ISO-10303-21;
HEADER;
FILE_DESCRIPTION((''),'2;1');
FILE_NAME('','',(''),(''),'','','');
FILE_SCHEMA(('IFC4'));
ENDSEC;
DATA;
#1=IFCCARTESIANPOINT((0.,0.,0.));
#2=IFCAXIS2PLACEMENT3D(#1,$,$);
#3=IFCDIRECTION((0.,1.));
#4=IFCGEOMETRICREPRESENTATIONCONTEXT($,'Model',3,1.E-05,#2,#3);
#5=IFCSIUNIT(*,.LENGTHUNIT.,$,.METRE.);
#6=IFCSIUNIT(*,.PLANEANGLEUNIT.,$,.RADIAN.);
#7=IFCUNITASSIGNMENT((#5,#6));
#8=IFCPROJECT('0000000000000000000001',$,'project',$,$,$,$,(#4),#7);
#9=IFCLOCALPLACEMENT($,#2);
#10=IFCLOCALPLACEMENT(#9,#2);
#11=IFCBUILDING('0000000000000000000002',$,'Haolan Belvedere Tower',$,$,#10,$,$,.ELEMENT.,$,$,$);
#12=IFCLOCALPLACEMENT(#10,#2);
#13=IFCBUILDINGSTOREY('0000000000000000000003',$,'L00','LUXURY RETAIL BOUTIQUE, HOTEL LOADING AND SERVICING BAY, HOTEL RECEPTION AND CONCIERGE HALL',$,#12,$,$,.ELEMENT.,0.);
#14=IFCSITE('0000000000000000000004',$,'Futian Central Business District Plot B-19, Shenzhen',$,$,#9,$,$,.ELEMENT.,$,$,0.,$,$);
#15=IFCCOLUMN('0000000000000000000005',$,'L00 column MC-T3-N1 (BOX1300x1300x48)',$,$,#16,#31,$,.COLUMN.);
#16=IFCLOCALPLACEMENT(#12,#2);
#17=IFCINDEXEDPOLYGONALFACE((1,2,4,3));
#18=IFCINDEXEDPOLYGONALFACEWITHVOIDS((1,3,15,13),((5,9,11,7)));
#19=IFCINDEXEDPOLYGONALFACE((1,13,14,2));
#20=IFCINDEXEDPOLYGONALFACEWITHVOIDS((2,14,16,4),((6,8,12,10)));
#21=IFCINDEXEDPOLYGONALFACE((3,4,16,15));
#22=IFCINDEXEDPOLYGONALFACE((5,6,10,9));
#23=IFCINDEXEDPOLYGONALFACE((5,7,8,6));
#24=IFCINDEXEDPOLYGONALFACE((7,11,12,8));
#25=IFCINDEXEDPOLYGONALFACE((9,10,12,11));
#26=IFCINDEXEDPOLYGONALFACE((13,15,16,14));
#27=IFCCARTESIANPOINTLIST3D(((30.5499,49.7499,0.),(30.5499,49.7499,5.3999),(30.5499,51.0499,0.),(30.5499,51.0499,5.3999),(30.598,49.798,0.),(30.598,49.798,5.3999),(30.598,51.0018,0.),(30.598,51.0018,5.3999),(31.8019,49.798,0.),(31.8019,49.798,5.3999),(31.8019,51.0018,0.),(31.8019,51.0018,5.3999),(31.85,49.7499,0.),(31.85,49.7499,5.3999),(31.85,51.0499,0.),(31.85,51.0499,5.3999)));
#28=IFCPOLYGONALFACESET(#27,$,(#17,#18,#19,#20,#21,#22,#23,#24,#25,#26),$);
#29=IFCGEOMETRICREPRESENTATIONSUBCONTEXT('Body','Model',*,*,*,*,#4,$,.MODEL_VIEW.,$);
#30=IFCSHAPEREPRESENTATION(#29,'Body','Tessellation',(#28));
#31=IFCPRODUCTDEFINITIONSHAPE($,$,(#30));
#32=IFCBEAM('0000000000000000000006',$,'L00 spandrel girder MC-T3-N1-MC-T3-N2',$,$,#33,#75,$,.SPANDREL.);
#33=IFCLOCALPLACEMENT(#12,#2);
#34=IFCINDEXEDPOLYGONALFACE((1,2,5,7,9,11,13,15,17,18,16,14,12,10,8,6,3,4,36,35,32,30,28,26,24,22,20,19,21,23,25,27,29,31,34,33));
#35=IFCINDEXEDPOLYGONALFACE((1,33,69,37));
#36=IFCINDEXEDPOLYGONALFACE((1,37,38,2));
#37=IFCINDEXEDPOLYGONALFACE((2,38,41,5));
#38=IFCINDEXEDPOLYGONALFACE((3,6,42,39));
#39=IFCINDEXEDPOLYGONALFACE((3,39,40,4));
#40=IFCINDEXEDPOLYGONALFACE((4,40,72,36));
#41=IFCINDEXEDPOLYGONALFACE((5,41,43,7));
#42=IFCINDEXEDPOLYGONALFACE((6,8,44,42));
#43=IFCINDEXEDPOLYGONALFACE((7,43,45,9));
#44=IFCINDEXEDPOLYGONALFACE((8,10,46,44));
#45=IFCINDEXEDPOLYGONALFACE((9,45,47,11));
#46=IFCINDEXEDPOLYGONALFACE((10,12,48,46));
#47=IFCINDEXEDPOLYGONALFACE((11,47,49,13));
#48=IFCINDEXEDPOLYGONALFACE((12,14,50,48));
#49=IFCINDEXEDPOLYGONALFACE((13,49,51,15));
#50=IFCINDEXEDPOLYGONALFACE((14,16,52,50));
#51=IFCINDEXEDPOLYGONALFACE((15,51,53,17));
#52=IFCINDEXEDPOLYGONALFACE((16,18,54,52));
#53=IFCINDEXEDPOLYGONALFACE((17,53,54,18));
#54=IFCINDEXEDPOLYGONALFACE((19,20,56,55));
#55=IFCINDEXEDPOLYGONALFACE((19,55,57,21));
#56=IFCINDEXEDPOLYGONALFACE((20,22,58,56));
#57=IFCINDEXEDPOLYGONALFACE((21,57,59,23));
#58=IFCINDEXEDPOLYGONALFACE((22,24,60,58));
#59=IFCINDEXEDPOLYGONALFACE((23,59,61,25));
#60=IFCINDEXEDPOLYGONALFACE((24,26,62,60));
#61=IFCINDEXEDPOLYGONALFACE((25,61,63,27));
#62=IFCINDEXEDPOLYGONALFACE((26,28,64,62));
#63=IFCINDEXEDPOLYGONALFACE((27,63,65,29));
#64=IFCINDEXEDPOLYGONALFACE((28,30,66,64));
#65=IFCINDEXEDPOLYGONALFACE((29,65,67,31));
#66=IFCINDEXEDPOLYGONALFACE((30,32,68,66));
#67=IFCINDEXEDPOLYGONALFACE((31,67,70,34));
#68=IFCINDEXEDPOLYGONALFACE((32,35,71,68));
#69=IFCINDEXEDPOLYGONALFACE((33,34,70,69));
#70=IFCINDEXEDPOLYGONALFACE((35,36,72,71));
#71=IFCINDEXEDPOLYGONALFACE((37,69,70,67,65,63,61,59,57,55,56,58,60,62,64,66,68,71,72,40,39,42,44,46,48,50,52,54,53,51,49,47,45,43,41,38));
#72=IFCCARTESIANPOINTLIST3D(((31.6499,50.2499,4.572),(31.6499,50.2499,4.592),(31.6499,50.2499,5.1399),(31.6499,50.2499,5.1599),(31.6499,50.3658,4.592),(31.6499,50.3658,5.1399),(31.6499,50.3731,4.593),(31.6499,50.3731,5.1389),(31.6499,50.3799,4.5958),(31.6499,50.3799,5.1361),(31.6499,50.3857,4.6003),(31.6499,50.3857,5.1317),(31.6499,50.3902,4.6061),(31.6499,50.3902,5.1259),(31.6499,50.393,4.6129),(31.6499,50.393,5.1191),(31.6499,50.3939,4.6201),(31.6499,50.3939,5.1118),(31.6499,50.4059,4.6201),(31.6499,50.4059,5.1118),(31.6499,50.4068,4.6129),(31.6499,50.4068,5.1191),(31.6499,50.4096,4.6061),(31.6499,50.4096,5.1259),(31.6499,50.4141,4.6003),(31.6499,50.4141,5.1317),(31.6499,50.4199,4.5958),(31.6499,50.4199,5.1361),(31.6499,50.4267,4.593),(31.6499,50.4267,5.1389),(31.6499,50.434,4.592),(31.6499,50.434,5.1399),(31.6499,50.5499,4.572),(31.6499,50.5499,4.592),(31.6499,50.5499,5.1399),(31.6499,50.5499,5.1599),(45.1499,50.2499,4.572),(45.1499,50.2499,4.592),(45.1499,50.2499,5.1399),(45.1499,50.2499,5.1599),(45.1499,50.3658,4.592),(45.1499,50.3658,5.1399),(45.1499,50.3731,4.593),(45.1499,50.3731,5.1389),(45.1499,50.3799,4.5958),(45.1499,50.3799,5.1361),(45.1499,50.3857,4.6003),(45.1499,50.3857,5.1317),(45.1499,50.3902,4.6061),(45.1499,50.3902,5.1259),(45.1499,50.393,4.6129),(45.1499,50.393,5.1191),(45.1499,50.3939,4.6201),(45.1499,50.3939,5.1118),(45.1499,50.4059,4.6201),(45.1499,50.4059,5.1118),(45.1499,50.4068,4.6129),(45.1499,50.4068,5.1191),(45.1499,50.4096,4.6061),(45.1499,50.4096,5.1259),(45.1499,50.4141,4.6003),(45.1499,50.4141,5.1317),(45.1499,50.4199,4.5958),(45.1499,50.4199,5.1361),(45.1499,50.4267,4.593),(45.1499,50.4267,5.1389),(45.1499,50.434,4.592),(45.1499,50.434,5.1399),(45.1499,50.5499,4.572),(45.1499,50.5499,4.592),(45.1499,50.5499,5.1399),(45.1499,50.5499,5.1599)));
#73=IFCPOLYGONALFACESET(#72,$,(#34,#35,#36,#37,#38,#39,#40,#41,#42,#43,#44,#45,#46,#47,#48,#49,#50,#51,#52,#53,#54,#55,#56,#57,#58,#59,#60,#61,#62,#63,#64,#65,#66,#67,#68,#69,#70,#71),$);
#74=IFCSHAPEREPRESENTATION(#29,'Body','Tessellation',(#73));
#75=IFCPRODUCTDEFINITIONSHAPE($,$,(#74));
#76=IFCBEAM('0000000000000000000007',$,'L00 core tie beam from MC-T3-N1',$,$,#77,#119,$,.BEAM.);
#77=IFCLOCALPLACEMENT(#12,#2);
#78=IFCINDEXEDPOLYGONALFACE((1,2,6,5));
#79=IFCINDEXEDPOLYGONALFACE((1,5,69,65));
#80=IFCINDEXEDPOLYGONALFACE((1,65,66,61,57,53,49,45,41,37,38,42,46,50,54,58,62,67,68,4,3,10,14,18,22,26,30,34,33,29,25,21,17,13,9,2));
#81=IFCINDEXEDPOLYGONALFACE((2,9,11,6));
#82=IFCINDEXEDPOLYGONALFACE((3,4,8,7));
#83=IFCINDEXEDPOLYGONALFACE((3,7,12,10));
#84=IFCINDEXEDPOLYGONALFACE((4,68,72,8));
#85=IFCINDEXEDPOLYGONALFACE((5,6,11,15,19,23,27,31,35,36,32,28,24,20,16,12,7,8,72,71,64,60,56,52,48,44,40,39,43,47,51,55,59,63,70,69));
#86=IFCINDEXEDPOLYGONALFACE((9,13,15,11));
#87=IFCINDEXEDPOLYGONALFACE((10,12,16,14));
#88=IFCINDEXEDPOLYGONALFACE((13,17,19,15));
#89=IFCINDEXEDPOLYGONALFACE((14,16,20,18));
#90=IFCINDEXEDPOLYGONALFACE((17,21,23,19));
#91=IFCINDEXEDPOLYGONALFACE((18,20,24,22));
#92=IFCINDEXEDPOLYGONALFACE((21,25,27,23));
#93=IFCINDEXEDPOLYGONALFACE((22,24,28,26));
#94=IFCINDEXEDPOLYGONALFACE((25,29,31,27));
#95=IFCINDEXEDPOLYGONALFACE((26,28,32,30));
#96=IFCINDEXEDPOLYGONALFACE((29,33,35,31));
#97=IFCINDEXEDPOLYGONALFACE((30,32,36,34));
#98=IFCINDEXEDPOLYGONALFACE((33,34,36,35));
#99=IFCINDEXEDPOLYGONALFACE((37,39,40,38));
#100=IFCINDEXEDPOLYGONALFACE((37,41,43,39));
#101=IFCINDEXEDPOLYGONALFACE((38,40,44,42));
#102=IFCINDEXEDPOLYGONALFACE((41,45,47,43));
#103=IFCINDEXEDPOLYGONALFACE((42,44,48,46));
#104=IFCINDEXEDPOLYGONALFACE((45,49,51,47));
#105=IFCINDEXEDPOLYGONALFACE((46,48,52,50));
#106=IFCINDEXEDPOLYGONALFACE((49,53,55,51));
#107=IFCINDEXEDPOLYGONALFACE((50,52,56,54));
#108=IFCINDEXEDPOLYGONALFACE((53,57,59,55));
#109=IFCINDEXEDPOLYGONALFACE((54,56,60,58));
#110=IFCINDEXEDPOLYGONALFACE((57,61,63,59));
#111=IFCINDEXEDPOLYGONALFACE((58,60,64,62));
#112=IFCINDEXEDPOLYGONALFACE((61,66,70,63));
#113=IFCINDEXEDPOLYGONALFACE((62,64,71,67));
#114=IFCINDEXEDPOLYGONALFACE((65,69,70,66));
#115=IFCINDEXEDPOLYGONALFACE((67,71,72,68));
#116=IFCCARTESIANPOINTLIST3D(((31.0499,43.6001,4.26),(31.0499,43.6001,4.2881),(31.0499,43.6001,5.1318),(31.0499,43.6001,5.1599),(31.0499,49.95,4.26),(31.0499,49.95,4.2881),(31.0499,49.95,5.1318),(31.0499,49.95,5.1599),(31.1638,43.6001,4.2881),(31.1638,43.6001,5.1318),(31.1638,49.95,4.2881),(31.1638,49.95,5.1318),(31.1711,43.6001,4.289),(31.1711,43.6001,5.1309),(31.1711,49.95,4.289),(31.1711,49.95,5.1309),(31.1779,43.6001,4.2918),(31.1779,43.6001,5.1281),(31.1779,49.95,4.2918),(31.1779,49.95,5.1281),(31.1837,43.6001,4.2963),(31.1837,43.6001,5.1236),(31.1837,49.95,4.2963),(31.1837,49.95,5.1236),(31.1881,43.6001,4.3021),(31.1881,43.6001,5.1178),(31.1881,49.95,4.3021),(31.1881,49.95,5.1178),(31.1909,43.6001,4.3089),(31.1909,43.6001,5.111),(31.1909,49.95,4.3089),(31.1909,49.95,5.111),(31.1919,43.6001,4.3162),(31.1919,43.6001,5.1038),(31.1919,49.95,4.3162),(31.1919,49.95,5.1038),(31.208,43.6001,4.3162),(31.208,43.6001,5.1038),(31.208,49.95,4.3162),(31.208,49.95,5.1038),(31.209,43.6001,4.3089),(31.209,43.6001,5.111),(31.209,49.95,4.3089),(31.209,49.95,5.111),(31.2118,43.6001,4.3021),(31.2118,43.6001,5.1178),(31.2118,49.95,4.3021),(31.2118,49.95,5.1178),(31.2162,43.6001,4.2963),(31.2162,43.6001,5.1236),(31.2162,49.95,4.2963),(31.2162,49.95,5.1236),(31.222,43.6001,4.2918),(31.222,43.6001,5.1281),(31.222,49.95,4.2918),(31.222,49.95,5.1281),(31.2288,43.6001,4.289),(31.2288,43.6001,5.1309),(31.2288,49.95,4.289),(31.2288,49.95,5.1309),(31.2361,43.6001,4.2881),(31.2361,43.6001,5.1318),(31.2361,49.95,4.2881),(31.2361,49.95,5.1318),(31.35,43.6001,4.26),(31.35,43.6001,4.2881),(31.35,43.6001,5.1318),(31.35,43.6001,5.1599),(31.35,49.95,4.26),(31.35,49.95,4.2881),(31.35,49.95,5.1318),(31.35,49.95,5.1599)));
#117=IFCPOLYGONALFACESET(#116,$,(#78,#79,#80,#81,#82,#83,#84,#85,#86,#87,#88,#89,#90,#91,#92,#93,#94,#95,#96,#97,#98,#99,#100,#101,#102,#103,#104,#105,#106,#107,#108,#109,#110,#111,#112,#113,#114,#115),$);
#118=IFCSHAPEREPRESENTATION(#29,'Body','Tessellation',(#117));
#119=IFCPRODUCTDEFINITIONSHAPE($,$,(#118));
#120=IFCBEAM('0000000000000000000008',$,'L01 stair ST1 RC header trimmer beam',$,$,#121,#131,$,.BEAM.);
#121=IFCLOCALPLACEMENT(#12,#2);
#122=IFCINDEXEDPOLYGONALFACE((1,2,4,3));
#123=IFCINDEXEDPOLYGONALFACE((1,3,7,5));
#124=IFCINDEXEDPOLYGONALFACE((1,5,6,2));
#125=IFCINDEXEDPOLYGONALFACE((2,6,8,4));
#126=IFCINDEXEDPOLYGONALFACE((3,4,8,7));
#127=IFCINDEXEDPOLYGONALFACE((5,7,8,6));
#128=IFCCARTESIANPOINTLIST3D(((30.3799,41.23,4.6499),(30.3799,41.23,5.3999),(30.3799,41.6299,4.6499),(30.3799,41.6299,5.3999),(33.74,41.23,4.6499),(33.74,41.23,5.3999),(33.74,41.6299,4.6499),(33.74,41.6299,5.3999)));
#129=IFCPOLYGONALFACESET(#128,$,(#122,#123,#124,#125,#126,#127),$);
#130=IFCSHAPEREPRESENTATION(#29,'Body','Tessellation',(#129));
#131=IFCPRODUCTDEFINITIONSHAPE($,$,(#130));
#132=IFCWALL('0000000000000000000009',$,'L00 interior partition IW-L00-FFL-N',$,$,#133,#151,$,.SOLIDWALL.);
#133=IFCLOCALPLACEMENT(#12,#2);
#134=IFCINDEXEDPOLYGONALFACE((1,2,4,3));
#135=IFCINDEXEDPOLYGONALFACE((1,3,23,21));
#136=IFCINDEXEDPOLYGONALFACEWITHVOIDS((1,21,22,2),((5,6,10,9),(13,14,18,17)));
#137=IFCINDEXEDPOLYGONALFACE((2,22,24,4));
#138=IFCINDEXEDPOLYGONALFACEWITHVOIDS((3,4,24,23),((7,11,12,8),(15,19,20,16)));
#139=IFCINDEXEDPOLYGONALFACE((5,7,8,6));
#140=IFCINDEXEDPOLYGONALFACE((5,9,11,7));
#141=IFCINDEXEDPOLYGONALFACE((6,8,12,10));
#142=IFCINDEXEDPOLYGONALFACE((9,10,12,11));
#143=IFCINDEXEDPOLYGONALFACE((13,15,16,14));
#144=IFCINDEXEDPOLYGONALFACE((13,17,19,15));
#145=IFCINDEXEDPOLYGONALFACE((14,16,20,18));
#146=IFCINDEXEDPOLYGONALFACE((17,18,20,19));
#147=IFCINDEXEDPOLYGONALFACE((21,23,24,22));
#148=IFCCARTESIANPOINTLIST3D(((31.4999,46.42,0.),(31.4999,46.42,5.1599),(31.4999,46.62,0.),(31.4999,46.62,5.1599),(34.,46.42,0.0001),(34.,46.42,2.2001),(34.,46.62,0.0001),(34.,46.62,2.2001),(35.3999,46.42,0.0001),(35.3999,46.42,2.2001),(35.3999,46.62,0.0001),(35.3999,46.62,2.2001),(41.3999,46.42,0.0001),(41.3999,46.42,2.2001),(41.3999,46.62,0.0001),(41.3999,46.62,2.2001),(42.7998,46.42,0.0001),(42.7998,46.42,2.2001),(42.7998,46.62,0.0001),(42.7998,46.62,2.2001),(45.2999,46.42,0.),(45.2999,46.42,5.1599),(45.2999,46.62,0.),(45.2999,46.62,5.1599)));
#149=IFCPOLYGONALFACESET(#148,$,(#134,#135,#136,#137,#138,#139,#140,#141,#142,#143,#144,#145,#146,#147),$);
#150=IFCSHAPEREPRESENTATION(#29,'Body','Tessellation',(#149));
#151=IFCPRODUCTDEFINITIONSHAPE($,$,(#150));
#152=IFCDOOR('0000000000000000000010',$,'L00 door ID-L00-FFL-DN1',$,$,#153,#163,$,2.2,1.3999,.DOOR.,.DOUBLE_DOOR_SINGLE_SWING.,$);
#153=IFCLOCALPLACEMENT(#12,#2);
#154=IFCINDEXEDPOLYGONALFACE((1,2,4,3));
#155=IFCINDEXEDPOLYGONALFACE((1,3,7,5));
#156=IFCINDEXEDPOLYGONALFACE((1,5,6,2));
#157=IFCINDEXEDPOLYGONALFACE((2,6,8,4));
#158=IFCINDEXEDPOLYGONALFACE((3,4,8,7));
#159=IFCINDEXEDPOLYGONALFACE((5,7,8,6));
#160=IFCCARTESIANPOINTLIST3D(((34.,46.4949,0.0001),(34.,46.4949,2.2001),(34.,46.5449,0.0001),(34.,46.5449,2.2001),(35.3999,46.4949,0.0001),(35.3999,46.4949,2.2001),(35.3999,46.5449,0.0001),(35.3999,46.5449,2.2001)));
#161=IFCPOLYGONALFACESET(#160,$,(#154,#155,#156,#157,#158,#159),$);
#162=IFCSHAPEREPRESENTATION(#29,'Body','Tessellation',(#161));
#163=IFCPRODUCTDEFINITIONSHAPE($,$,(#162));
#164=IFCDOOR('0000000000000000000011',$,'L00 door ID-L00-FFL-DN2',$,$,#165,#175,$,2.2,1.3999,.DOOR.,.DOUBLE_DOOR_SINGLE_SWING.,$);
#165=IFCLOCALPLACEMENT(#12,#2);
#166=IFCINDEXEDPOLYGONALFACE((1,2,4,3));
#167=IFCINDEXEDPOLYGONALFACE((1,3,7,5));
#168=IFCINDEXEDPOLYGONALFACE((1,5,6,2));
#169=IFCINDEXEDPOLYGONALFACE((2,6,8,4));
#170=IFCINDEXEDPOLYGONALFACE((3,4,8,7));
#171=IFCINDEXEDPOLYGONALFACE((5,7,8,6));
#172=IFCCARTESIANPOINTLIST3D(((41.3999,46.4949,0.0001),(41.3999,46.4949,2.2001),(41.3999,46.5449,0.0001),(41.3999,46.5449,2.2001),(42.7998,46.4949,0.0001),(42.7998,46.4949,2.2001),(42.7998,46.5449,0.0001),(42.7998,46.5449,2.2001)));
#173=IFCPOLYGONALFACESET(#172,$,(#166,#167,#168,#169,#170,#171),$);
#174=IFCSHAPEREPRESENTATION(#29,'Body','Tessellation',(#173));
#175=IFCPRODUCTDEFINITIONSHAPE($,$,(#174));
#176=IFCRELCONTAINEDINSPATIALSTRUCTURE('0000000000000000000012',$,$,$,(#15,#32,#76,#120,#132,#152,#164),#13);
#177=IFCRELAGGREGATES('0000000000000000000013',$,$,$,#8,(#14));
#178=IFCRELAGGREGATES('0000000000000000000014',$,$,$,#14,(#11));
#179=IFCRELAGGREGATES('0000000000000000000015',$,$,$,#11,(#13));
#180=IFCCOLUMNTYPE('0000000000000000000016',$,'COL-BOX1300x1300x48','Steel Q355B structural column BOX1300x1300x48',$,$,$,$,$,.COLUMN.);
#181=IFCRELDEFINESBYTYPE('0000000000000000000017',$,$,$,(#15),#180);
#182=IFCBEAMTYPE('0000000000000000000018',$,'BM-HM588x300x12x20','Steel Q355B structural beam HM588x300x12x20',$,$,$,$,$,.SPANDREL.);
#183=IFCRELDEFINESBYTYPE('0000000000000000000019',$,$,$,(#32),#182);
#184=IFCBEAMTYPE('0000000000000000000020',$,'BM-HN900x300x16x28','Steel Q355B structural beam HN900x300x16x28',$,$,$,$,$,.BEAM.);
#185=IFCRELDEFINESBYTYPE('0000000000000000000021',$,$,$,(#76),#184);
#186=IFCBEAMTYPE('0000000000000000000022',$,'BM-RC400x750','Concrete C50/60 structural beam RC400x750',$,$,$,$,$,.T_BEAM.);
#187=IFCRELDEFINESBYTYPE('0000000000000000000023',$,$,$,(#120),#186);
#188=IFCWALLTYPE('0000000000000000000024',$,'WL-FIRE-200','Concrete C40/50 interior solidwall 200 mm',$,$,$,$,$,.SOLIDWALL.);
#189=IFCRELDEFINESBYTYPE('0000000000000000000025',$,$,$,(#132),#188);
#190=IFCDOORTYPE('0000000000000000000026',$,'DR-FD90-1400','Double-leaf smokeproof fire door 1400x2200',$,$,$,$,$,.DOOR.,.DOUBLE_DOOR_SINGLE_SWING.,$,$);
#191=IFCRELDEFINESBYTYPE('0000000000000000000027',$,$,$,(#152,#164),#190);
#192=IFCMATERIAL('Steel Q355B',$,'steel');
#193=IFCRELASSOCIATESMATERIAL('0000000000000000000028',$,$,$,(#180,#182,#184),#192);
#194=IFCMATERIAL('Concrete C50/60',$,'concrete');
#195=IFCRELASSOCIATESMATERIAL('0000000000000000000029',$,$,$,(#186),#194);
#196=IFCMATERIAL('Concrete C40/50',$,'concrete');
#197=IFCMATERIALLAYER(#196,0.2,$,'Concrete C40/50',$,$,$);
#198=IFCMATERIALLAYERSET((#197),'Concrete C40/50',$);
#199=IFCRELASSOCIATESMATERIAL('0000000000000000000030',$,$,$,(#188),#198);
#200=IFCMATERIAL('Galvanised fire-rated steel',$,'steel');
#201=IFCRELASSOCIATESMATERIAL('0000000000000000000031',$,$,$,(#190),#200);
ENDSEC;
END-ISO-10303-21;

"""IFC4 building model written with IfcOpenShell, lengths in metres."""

from ifc_helpers import new_model, si_unit, direction, frame, frame_2d, origin, origin_2d, place, context, subcontext, project, spatial, rectangle, hollow_rectangle, i_section, extrude, material, layer, layer_set, material_profile, profile_set, type_object, element, fill, save


model = new_model("IFC4")

# Units and contexts
model_context = context("Model", 3, precision=1e-05, world=origin(), true_north=direction((0.0, 1.0)))
body_context = subcontext(model_context, "Body", "Model", "MODEL_VIEW")
ifc_project = project(units=[si_unit("LENGTHUNIT", "METRE"), si_unit("PLANEANGLEUNIT", "RADIAN")], contexts=[model_context])

# Site, building, storey
site_placement = place(None, origin())
site = spatial("IfcSite", under=ifc_project, at=site_placement, Name="Futian Central Business District Plot B-19, Shenzhen", CompositionType="ELEMENT", RefElevation=0.0)
building_placement = place(site_placement, origin())
building = spatial("IfcBuilding", under=site, at=building_placement, Name="Haolan Belvedere Tower", CompositionType="ELEMENT")
storey_placement = place(building_placement, origin())
storey = spatial("IfcBuildingStorey", under=building, at=storey_placement, Name="L00", Description="LUXURY RETAIL BOUTIQUE, HOTEL LOADING AND SERVICING BAY, HOTEL RECEPTION AND CONCIERGE HALL", CompositionType="ELEMENT", Elevation=0.0)

# Column
ifc_material_1 = material(Name="Steel Q355B", Category="steel")
ifc_material_profile_1 = material_profile(ifc_material_1, hollow_rectangle(XDim=1.3, YDim=1.3, WallThickness=0.0481, at=origin_2d()), Name="Steel Q355B")
ifc_profile_set_1 = profile_set([ifc_material_profile_1], Name="Steel Q355B")
column_type = type_object("IfcColumnType", Name="COL-BOX1300x1300x48", Description="Steel Q355B structural column BOX1300x1300x48", PredefinedType="COLUMN", material=ifc_profile_set_1)
column_placement = place(storey_placement, frame((31.2, 50.3999, 0.0), z_axis=(0.0, 0.0, 1.0), x_axis=(1.0, 0.0, 0.0)))
element("IfcColumn", 1, at=column_placement, inside=storey, type_object=column_type, Name="L00 column MC-T3-N1 (BOX1300x1300x48)", PredefinedType="COLUMN", context=body_context, shape_type="SweptSolid", body=[
    extrude(hollow_rectangle(XDim=1.3, YDim=1.3, WallThickness=0.0481, at=origin_2d()), origin(), (0.0, 0.0, 1.0), 5.3999),
])

# Beams
ifc_material_profile_2 = material_profile(ifc_material_1, i_section(OverallWidth=0.3, OverallDepth=0.5879, WebThickness=0.012, FlangeThickness=0.02, FilletRadius=0.0281, at=origin_2d()), Name="Steel Q355B")
ifc_profile_set_2 = profile_set([ifc_material_profile_2], Name="Steel Q355B")
beam_type_1 = type_object("IfcBeamType", Name="BM-HM588x300x12x20", Description="Steel Q355B structural beam HM588x300x12x20", PredefinedType="SPANDREL", material=ifc_profile_set_2)
beam_1_placement = place(storey_placement, frame((31.6499, 50.3999, 4.866), z_axis=(1.0, 0.0, 0.0), x_axis=(0.0, 1.0, 0.0)))
element("IfcBeam", 2, at=beam_1_placement, inside=storey, type_object=beam_type_1, Name="L00 spandrel girder MC-T3-N1-MC-T3-N2", PredefinedType="SPANDREL", context=body_context, shape_type="SweptSolid", body=[
    extrude(i_section(OverallWidth=0.3, OverallDepth=0.5879, WebThickness=0.012, FlangeThickness=0.02, FilletRadius=0.0281, at=origin_2d()), origin(), (0.0, 0.0, 1.0), 13.5),
])
ifc_material_profile_3 = material_profile(ifc_material_1, i_section(OverallWidth=0.3, OverallDepth=0.8999, WebThickness=0.0161, FlangeThickness=0.0281, FilletRadius=0.0281, at=origin_2d()), Name="Steel Q355B")
ifc_profile_set_3 = profile_set([ifc_material_profile_3], Name="Steel Q355B")
beam_type_2 = type_object("IfcBeamType", Name="BM-HN900x300x16x28", Description="Steel Q355B structural beam HN900x300x16x28", PredefinedType="BEAM", material=ifc_profile_set_3)
beam_2_placement = place(storey_placement, frame((31.2, 49.95, 4.71), z_axis=(0.0, -1.0, 0.0), x_axis=(1.0, 0.0, 0.0)))
element("IfcBeam", 3, at=beam_2_placement, inside=storey, type_object=beam_type_2, Name="L00 core tie beam from MC-T3-N1", PredefinedType="BEAM", context=body_context, shape_type="SweptSolid", body=[
    extrude(i_section(OverallWidth=0.3, OverallDepth=0.8999, WebThickness=0.0161, FlangeThickness=0.0281, FilletRadius=0.0281, at=origin_2d()), origin(), (0.0, 0.0, 1.0), 6.3499),
])
ifc_material_2 = material(Name="Concrete C50/60", Category="concrete")
ifc_material_profile_4 = material_profile(ifc_material_2, rectangle(XDim=0.3999, YDim=0.75, at=origin_2d()), Name="Concrete C50/60")
ifc_profile_set_4 = profile_set([ifc_material_profile_4], Name="Concrete C50/60")
beam_type_3 = type_object("IfcBeamType", Name="BM-RC400x750", Description="Concrete C50/60 structural beam RC400x750", PredefinedType="T_BEAM", material=ifc_profile_set_4)
beam_3_placement = place(storey_placement, frame((30.3799, 41.4299, 5.0249), z_axis=(1.0, 0.0, 0.0), x_axis=(0.0, 1.0, 0.0)))
element("IfcBeam", 4, at=beam_3_placement, inside=storey, type_object=beam_type_3, Name="L01 stair ST1 RC header trimmer beam", PredefinedType="BEAM", context=body_context, shape_type="SweptSolid", body=[
    extrude(rectangle(XDim=0.3999, YDim=0.75, at=origin_2d()), origin(), (0.0, 0.0, 1.0), 3.3601),
])

# Wall, openings, doors
ifc_material_3 = material(Name="Galvanised fire-rated steel", Category="steel")
ifc_material_4 = material(Name="Concrete C40/50", Category="concrete")
ifc_layer_1 = layer(ifc_material_4, 0.2, Name="Concrete C40/50")
ifc_layer_set_1 = layer_set([ifc_layer_1], Name="Concrete C40/50")
wall_type_1 = type_object("IfcWallType", Name="WL-FIRE-200", Description="Concrete C40/50 interior solidwall 200 mm", PredefinedType="SOLIDWALL", material=ifc_layer_set_1)
wall_1_placement = place(storey_placement, frame((31.5, 46.52, 0.0), z_axis=(0.0, 0.0, 1.0), x_axis=(1.0, 0.0, 0.0)))
wall_1 = element("IfcWall", 5, at=wall_1_placement, inside=storey, type_object=wall_type_1, Name="L00 interior partition IW-L00-FFL-N", PredefinedType="SOLIDWALL", context=body_context, shape_type="SweptSolid", body=[
    extrude(rectangle(XDim=13.8, YDim=0.2, at=frame_2d((6.8999, 0.0))), origin(), (0.0, 0.0, 1.0), 5.1599),
])
opening_1_placement = place(wall_1_placement, frame((2.5, 0.0, 0.0)))
opening_1 = element("IfcOpeningElement", 6, at=opening_1_placement, cuts=wall_1, PredefinedType="OPENING", context=body_context, shape_type="SweptSolid", body=[
    extrude(rectangle(XDim=1.3999, YDim=2.2, at=frame_2d((0.7, 1.1001))), frame((0.0, 0.1099, 0.0), z_axis=(0.0, -1.0, 0.0), x_axis=(1.0, 0.0, 0.0)), (0.0, 0.0, 1.0), 0.22),
])
opening_2_placement = place(wall_1_placement, frame((9.8999, 0.0, 0.0)))
opening_2 = element("IfcOpeningElement", 7, at=opening_2_placement, cuts=wall_1, PredefinedType="OPENING", context=body_context, shape_type="SweptSolid", body=[
    extrude(rectangle(XDim=1.3999, YDim=2.2, at=frame_2d((0.7, 1.1001))), frame((0.0, 0.1099, 0.0), z_axis=(0.0, -1.0, 0.0), x_axis=(1.0, 0.0, 0.0)), (0.0, 0.0, 1.0), 0.22),
])
door_type_1 = type_object("IfcDoorType", Name="DR-FD90-1400", Description="Double-leaf smokeproof fire door 1400x2200", OperationType="DOUBLE_DOOR_SINGLE_SWING", PredefinedType="DOOR", material=ifc_material_3)
door_1_placement = place(opening_1_placement, origin())
door_1 = element("IfcDoor", 8, at=door_1_placement, inside=storey, type_object=door_type_1, Name="L00 door ID-L00-FFL-DN1", OperationType="DOUBLE_DOOR_SINGLE_SWING", OverallHeight=2.2, OverallWidth=1.3999, PredefinedType="DOOR", context=body_context, shape_type="SweptSolid", body=[
    extrude(rectangle(XDim=1.3999, YDim=2.2, at=frame_2d((0.7, 1.1001))), frame((0.0, 0.0249, 0.0), z_axis=(0.0, -1.0, 0.0), x_axis=(1.0, 0.0, 0.0)), (0.0, 0.0, 1.0), 0.05),
])
fill(opening_1, door_1)
door_2_placement = place(opening_2_placement, origin())
door_2 = element("IfcDoor", 9, at=door_2_placement, inside=storey, type_object=door_type_1, Name="L00 door ID-L00-FFL-DN2", OperationType="DOUBLE_DOOR_SINGLE_SWING", OverallHeight=2.2, OverallWidth=1.3999, PredefinedType="DOOR", context=body_context, shape_type="SweptSolid", body=[
    extrude(rectangle(XDim=1.3999, YDim=2.2, at=frame_2d((0.7, 1.1001))), frame((0.0, 0.0249, 0.0), z_axis=(0.0, -1.0, 0.0), x_axis=(1.0, 0.0, 0.0)), (0.0, 0.0, 1.0), 0.05),
])
fill(opening_2, door_2)

save(model, "model.ifc")
